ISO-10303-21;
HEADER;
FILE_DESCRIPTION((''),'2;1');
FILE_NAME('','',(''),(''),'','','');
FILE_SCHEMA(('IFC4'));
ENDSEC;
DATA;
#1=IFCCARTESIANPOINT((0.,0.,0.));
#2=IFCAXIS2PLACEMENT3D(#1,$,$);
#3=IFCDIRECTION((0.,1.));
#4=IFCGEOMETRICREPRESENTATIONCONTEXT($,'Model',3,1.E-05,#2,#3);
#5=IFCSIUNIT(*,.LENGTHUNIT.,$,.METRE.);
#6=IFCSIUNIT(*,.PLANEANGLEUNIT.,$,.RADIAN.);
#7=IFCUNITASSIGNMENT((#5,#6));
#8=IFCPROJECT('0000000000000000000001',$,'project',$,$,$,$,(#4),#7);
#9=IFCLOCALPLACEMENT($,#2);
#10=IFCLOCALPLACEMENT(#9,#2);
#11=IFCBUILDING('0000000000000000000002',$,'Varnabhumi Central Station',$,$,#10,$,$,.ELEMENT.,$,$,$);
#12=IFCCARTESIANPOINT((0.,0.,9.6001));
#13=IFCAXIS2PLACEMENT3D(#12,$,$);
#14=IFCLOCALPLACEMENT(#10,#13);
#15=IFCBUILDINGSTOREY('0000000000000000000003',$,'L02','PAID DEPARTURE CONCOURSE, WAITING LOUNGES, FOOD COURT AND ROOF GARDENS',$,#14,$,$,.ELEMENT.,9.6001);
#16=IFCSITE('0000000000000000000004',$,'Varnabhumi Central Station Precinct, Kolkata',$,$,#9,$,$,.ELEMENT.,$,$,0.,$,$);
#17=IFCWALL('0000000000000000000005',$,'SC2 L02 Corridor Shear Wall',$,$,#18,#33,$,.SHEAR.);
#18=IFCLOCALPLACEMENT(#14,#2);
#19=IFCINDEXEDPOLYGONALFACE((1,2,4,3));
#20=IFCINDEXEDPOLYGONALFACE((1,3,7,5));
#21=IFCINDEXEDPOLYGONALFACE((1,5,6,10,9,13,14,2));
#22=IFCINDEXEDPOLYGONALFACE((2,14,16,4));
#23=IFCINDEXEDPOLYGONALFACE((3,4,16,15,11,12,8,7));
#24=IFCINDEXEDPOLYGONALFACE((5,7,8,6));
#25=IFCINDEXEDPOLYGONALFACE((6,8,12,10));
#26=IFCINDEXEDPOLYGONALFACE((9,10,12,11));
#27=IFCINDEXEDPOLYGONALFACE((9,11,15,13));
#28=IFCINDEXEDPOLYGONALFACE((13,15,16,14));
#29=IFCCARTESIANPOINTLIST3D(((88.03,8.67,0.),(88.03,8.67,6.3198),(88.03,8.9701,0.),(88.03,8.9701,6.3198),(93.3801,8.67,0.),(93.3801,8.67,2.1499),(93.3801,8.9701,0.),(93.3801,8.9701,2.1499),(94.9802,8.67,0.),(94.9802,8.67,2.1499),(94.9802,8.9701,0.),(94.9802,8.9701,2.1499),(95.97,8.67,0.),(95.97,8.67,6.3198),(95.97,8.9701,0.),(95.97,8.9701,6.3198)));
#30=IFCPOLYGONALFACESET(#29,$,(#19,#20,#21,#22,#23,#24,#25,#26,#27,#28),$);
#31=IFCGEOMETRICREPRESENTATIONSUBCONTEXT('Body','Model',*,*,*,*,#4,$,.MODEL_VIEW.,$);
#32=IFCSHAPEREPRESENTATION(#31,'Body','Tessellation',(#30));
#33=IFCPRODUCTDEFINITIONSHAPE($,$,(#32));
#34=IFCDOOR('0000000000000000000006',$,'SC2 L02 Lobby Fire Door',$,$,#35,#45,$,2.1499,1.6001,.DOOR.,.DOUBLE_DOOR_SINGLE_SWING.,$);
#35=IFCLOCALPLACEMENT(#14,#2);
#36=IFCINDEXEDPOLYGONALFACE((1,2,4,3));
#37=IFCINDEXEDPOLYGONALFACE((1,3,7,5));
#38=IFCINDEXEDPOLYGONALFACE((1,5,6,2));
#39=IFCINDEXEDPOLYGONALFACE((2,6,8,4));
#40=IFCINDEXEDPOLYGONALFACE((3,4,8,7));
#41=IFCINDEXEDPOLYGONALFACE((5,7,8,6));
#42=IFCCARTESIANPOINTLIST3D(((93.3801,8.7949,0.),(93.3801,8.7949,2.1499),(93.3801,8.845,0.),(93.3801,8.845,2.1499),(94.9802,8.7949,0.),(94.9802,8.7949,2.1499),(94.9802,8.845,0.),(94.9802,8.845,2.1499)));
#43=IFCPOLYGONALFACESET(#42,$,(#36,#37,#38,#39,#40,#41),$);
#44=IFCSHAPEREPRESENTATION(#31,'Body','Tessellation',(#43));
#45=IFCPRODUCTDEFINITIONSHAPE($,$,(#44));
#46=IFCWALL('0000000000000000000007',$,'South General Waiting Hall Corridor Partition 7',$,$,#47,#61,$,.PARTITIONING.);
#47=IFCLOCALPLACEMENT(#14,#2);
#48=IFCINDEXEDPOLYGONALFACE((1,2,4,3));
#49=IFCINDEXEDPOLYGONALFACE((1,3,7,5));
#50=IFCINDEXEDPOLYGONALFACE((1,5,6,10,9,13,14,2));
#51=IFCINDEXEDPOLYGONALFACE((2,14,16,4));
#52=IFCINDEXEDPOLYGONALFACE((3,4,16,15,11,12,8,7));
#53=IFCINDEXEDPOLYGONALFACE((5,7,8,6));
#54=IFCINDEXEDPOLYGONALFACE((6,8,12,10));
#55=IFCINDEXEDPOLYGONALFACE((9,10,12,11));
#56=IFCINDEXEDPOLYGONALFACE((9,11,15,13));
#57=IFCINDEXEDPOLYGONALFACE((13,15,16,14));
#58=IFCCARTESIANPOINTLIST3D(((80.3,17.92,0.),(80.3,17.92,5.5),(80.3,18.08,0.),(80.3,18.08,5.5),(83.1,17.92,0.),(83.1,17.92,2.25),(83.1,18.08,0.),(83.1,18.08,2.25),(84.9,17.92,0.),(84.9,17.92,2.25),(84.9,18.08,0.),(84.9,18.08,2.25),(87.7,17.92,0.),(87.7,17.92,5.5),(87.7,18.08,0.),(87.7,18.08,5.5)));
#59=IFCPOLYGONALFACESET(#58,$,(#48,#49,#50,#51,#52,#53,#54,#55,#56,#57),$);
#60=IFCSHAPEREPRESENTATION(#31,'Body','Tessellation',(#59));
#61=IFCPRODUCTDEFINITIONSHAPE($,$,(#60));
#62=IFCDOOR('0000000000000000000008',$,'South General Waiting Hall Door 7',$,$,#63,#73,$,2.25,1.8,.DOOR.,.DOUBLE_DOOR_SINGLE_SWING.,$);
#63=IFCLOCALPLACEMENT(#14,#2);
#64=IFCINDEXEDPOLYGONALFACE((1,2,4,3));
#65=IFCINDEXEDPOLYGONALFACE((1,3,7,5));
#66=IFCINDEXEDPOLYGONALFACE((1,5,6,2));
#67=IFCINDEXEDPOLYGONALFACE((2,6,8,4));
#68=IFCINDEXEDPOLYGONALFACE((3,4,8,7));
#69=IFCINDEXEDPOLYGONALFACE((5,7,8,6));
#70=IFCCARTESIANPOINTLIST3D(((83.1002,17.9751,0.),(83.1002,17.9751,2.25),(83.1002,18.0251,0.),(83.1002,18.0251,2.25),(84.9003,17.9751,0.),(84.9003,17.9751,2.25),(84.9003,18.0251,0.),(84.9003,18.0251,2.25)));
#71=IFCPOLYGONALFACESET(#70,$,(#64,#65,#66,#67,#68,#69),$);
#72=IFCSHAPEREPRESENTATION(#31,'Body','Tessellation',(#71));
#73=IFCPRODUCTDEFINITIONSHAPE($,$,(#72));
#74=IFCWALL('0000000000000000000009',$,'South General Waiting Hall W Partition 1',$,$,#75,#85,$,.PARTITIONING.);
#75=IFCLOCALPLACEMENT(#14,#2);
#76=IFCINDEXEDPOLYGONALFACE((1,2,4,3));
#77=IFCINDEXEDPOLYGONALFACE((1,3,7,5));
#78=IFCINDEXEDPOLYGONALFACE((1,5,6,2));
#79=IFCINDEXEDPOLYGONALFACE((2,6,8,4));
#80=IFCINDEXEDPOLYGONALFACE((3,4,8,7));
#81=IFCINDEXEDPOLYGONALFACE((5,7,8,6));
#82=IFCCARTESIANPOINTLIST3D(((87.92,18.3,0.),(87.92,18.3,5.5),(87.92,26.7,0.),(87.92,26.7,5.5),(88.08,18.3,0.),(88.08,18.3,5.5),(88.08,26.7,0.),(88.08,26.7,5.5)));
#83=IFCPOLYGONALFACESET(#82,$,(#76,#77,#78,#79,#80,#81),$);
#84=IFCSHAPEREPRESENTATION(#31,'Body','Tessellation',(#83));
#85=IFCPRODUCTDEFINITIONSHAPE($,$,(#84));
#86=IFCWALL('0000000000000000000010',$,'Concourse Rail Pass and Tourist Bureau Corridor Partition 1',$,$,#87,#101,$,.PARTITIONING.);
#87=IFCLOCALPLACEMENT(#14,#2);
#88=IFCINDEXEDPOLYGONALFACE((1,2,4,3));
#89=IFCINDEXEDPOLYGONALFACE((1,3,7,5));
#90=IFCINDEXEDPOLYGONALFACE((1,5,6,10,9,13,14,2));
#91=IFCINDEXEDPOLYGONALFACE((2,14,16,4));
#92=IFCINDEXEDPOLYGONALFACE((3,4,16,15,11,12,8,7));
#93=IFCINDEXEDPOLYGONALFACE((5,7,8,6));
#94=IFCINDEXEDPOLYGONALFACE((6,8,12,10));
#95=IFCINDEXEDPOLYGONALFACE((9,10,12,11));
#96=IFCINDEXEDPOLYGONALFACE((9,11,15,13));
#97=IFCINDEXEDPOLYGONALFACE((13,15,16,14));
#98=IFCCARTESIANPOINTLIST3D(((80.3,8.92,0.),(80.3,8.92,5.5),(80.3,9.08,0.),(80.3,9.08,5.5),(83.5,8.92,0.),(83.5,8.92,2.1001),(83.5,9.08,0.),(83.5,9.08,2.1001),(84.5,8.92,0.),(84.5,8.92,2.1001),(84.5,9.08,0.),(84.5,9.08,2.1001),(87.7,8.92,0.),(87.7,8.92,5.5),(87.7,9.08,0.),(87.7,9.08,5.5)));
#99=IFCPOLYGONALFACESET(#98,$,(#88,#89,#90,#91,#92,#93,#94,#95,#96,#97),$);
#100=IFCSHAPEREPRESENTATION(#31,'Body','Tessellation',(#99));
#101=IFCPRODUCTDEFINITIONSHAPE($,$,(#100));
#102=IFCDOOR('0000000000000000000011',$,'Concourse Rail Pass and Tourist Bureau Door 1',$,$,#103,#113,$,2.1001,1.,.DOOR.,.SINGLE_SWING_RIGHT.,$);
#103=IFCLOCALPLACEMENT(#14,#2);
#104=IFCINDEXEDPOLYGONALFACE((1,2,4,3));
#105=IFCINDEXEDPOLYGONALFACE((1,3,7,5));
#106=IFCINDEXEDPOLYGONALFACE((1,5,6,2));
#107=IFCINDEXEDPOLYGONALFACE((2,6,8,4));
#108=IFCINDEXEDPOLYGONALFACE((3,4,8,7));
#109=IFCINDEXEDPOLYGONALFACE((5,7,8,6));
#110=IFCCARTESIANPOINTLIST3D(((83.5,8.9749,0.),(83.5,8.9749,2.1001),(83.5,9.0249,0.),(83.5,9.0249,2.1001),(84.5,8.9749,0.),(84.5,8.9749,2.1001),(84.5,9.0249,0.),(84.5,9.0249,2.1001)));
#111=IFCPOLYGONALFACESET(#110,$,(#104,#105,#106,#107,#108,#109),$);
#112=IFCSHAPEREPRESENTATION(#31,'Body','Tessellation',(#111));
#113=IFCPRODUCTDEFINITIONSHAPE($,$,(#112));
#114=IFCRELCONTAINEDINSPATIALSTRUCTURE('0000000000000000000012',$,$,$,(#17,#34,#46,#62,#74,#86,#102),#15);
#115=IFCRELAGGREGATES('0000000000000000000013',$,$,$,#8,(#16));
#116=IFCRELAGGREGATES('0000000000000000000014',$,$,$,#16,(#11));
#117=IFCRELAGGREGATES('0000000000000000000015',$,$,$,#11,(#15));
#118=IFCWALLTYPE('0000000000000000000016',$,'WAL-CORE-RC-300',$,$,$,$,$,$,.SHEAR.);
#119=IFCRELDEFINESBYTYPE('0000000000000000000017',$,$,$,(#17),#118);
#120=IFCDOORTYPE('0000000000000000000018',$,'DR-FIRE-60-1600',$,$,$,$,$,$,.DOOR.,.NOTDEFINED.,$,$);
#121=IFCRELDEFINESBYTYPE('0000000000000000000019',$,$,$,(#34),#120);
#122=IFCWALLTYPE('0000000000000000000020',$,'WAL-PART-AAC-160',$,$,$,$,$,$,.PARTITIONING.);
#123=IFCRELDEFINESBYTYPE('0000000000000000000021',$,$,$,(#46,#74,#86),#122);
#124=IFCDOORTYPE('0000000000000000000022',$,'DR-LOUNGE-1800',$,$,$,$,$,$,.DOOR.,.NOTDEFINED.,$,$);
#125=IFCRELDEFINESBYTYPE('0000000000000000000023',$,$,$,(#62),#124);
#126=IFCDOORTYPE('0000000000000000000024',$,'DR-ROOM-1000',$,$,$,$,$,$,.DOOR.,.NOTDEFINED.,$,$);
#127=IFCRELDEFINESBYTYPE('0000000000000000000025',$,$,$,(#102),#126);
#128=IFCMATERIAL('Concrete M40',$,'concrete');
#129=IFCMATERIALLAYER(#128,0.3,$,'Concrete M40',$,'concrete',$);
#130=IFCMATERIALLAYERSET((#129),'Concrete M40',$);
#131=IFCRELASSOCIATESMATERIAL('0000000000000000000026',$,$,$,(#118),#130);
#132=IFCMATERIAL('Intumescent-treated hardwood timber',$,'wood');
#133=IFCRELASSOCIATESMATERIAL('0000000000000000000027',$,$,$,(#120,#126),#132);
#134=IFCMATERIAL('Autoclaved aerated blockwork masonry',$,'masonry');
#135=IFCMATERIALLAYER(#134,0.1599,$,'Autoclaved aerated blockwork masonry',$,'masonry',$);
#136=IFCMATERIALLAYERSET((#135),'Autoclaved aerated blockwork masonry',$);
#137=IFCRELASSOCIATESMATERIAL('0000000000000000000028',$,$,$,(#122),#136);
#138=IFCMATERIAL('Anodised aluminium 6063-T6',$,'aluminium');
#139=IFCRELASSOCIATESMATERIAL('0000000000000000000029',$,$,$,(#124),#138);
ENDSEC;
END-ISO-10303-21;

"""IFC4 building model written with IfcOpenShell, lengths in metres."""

from ifc_helpers import new_model, si_unit, direction, frame, frame_2d, origin, place, context, subcontext, project, spatial, rectangle, extrude, material, layer, layer_set, type_object, element, fill, save


model = new_model("IFC4")

# Units and contexts
model_context = context("Model", 3, precision=1e-05, world=origin(), true_north=direction((0.0, 1.0)))
body_context = subcontext(model_context, "Body", "Model", "MODEL_VIEW")
ifc_project = project(units=[si_unit("LENGTHUNIT", "METRE"), si_unit("PLANEANGLEUNIT", "RADIAN")], contexts=[model_context])

# Site, building, storey
site_placement = place(None, origin())
site = spatial("IfcSite", under=ifc_project, at=site_placement, Name="Varnabhumi Central Station Precinct, Kolkata", CompositionType="ELEMENT", RefElevation=0.0)
building_placement = place(site_placement, origin())
building = spatial("IfcBuilding", under=site, at=building_placement, Name="Varnabhumi Central Station", CompositionType="ELEMENT")
storey_placement = place(building_placement, frame((0.0, 0.0, 9.6001)))
storey = spatial("IfcBuildingStorey", under=building, at=storey_placement, Name="L02", Description="PAID DEPARTURE CONCOURSE, WAITING LOUNGES, FOOD COURT AND ROOF GARDENS", CompositionType="ELEMENT", Elevation=9.6001)

# Shared definitions
ifc_material_1 = material(Name="Concrete M40", Category="concrete")

# Walls, openings, doors
ifc_layer_1 = layer(ifc_material_1, 0.3, Name="Concrete M40", Category="concrete")
ifc_layer_set_1 = layer_set([ifc_layer_1], Name="Concrete M40")
wall_type_1 = type_object("IfcWallType", Name="WAL-CORE-RC-300", PredefinedType="SHEAR", material=ifc_layer_set_1)
wall_1_placement = place(storey_placement, frame((88.03, 8.8201, 0.0), z_axis=(0.0, 0.0, 1.0), x_axis=(1.0, 0.0, 0.0)))
wall_1 = element("IfcWall", 1, at=wall_1_placement, inside=storey, type_object=wall_type_1, Name="SC2 L02 Corridor Shear Wall", PredefinedType="SHEAR", context=body_context, shape_type="SweptSolid", body=[
    extrude(rectangle(XDim=7.9399, YDim=0.3, at=frame_2d((3.97, 0.0))), origin(), (0.0, 0.0, 1.0), 6.3198),
])
opening_1_placement = place(wall_1_placement, frame((5.3501, 0.0, 0.0)))
opening_1 = element("IfcOpeningElement", 2, at=opening_1_placement, cuts=wall_1, PredefinedType="OPENING", context=body_context, shape_type="SweptSolid", body=[
    extrude(rectangle(XDim=1.6001, YDim=2.1499, at=frame_2d((0.8, 1.075))), frame((0.0, 0.1599, 0.0), z_axis=(0.0, -1.0, 0.0), x_axis=(1.0, 0.0, 0.0)), (0.0, 0.0, 1.0), 0.3201),
])
ifc_material_2 = material(Name="Intumescent-treated hardwood timber", Category="wood")
door_type_1 = type_object("IfcDoorType", Name="DR-FIRE-60-1600", OperationType="NOTDEFINED", PredefinedType="DOOR", material=ifc_material_2)
door_1_placement = place(opening_1_placement, origin())
door_1 = element("IfcDoor", 3, at=door_1_placement, inside=storey, type_object=door_type_1, Name="SC2 L02 Lobby Fire Door", OperationType="DOUBLE_DOOR_SINGLE_SWING", OverallHeight=2.1499, OverallWidth=1.6001, PredefinedType="DOOR", context=body_context, shape_type="SweptSolid", body=[
    extrude(rectangle(XDim=1.6001, YDim=2.1499, at=frame_2d((0.8, 1.075))), frame((0.0, 0.0249, 0.0), z_axis=(0.0, -1.0, 0.0), x_axis=(1.0, 0.0, 0.0)), (0.0, 0.0, 1.0), 0.05),
])
fill(opening_1, door_1)
ifc_material_3 = material(Name="Autoclaved aerated blockwork masonry", Category="masonry")
ifc_layer_2 = layer(ifc_material_3, 0.1599, Name="Autoclaved aerated blockwork masonry", Category="masonry")
ifc_layer_set_2 = layer_set([ifc_layer_2], Name="Autoclaved aerated blockwork masonry")
wall_type_2 = type_object("IfcWallType", Name="WAL-PART-AAC-160", PredefinedType="PARTITIONING", material=ifc_layer_set_2)
wall_2_placement = place(storey_placement, frame((80.3, 18.0, 0.0), z_axis=(0.0, 0.0, 1.0), x_axis=(1.0, 0.0, 0.0)))
wall_2 = element("IfcWall", 4, at=wall_2_placement, inside=storey, type_object=wall_type_2, Name="South General Waiting Hall Corridor Partition 7", PredefinedType="PARTITIONING", context=body_context, shape_type="SweptSolid", body=[
    extrude(rectangle(XDim=7.3999, YDim=0.1599, at=frame_2d((3.7, 0.0))), origin(), (0.0, 0.0, 1.0), 5.5),
])
opening_2_placement = place(wall_2_placement, frame((2.8, 0.0, 0.0)))
opening_2 = element("IfcOpeningElement", 5, at=opening_2_placement, cuts=wall_2, PredefinedType="OPENING", context=body_context, shape_type="SweptSolid", body=[
    extrude(rectangle(XDim=1.8, YDim=2.25, at=frame_2d((0.8999, 1.125))), frame((0.0, 0.0898, 0.0), z_axis=(0.0, -1.0, 0.0), x_axis=(1.0, 0.0, 0.0)), (0.0, 0.0, 1.0), 0.1799),
])
ifc_material_4 = material(Name="Anodised aluminium 6063-T6", Category="aluminium")
door_type_2 = type_object("IfcDoorType", Name="DR-LOUNGE-1800", OperationType="NOTDEFINED", PredefinedType="DOOR", material=ifc_material_4)
door_2_placement = place(opening_2_placement, frame((1.8, 0.0, 0.0), z_axis=(0.0, 0.0, 1.0), x_axis=(-1.0, 0.0, 0.0)))
door_2 = element("IfcDoor", 6, at=door_2_placement, inside=storey, type_object=door_type_2, Name="South General Waiting Hall Door 7", OperationType="DOUBLE_DOOR_SINGLE_SWING", OverallHeight=2.25, OverallWidth=1.8, PredefinedType="DOOR", context=body_context, shape_type="SweptSolid", body=[
    extrude(rectangle(XDim=1.8, YDim=2.25, at=frame_2d((0.8999, 1.125))), frame((0.0, 0.0249, 0.0), z_axis=(0.0, -1.0, 0.0), x_axis=(1.0, 0.0, 0.0)), (0.0, 0.0, 1.0), 0.05),
])
fill(opening_2, door_2)

# Wall
wall_3_placement = place(storey_placement, frame((88.0, 18.3, 0.0), z_axis=(0.0, 0.0, 1.0), x_axis=(0.0, 1.0, 0.0)))
element("IfcWall", 7, at=wall_3_placement, inside=storey, type_object=wall_type_2, Name="South General Waiting Hall W Partition 1", PredefinedType="PARTITIONING", context=body_context, shape_type="SweptSolid", body=[
    extrude(rectangle(XDim=8.3999, YDim=0.1599, at=frame_2d((4.2, 0.0))), origin(), (0.0, 0.0, 1.0), 5.5),
])

# Wall, opening, door
wall_4_placement = place(storey_placement, frame((80.3, 9.0, 0.0), z_axis=(0.0, 0.0, 1.0), x_axis=(1.0, 0.0, 0.0)))
wall_4 = element("IfcWall", 8, at=wall_4_placement, inside=storey, type_object=wall_type_2, Name="Concourse Rail Pass and Tourist Bureau Corridor Partition 1", PredefinedType="PARTITIONING", context=body_context, shape_type="SweptSolid", body=[
    extrude(rectangle(XDim=7.3999, YDim=0.1599, at=frame_2d((3.7, 0.0))), origin(), (0.0, 0.0, 1.0), 5.5),
])
opening_3_placement = place(wall_4_placement, frame((3.2, 0.0, 0.0)))
opening_3 = element("IfcOpeningElement", 9, at=opening_3_placement, cuts=wall_4, PredefinedType="OPENING", context=body_context, shape_type="SweptSolid", body=[
    extrude(rectangle(XDim=1.0, YDim=2.1001, at=frame_2d((0.5, 1.05))), frame((0.0, 0.0898, 0.0), z_axis=(0.0, -1.0, 0.0), x_axis=(1.0, 0.0, 0.0)), (0.0, 0.0, 1.0), 0.1799),
])
door_type_3 = type_object("IfcDoorType", Name="DR-ROOM-1000", OperationType="NOTDEFINED", PredefinedType="DOOR", material=ifc_material_2)
door_3_placement = place(opening_3_placement, origin())
door_3 = element("IfcDoor", 10, at=door_3_placement, inside=storey, type_object=door_type_3, Name="Concourse Rail Pass and Tourist Bureau Door 1", OperationType="SINGLE_SWING_RIGHT", OverallHeight=2.1001, OverallWidth=1.0, PredefinedType="DOOR", context=body_context, shape_type="SweptSolid", body=[
    extrude(rectangle(XDim=1.0, YDim=2.1001, at=frame_2d((0.5, 1.05))), frame((0.0, 0.0249, 0.0), z_axis=(0.0, -1.0, 0.0), x_axis=(1.0, 0.0, 0.0)), (0.0, 0.0, 1.0), 0.05),
])
fill(opening_3, door_3)

save(model, "model.ifc")
